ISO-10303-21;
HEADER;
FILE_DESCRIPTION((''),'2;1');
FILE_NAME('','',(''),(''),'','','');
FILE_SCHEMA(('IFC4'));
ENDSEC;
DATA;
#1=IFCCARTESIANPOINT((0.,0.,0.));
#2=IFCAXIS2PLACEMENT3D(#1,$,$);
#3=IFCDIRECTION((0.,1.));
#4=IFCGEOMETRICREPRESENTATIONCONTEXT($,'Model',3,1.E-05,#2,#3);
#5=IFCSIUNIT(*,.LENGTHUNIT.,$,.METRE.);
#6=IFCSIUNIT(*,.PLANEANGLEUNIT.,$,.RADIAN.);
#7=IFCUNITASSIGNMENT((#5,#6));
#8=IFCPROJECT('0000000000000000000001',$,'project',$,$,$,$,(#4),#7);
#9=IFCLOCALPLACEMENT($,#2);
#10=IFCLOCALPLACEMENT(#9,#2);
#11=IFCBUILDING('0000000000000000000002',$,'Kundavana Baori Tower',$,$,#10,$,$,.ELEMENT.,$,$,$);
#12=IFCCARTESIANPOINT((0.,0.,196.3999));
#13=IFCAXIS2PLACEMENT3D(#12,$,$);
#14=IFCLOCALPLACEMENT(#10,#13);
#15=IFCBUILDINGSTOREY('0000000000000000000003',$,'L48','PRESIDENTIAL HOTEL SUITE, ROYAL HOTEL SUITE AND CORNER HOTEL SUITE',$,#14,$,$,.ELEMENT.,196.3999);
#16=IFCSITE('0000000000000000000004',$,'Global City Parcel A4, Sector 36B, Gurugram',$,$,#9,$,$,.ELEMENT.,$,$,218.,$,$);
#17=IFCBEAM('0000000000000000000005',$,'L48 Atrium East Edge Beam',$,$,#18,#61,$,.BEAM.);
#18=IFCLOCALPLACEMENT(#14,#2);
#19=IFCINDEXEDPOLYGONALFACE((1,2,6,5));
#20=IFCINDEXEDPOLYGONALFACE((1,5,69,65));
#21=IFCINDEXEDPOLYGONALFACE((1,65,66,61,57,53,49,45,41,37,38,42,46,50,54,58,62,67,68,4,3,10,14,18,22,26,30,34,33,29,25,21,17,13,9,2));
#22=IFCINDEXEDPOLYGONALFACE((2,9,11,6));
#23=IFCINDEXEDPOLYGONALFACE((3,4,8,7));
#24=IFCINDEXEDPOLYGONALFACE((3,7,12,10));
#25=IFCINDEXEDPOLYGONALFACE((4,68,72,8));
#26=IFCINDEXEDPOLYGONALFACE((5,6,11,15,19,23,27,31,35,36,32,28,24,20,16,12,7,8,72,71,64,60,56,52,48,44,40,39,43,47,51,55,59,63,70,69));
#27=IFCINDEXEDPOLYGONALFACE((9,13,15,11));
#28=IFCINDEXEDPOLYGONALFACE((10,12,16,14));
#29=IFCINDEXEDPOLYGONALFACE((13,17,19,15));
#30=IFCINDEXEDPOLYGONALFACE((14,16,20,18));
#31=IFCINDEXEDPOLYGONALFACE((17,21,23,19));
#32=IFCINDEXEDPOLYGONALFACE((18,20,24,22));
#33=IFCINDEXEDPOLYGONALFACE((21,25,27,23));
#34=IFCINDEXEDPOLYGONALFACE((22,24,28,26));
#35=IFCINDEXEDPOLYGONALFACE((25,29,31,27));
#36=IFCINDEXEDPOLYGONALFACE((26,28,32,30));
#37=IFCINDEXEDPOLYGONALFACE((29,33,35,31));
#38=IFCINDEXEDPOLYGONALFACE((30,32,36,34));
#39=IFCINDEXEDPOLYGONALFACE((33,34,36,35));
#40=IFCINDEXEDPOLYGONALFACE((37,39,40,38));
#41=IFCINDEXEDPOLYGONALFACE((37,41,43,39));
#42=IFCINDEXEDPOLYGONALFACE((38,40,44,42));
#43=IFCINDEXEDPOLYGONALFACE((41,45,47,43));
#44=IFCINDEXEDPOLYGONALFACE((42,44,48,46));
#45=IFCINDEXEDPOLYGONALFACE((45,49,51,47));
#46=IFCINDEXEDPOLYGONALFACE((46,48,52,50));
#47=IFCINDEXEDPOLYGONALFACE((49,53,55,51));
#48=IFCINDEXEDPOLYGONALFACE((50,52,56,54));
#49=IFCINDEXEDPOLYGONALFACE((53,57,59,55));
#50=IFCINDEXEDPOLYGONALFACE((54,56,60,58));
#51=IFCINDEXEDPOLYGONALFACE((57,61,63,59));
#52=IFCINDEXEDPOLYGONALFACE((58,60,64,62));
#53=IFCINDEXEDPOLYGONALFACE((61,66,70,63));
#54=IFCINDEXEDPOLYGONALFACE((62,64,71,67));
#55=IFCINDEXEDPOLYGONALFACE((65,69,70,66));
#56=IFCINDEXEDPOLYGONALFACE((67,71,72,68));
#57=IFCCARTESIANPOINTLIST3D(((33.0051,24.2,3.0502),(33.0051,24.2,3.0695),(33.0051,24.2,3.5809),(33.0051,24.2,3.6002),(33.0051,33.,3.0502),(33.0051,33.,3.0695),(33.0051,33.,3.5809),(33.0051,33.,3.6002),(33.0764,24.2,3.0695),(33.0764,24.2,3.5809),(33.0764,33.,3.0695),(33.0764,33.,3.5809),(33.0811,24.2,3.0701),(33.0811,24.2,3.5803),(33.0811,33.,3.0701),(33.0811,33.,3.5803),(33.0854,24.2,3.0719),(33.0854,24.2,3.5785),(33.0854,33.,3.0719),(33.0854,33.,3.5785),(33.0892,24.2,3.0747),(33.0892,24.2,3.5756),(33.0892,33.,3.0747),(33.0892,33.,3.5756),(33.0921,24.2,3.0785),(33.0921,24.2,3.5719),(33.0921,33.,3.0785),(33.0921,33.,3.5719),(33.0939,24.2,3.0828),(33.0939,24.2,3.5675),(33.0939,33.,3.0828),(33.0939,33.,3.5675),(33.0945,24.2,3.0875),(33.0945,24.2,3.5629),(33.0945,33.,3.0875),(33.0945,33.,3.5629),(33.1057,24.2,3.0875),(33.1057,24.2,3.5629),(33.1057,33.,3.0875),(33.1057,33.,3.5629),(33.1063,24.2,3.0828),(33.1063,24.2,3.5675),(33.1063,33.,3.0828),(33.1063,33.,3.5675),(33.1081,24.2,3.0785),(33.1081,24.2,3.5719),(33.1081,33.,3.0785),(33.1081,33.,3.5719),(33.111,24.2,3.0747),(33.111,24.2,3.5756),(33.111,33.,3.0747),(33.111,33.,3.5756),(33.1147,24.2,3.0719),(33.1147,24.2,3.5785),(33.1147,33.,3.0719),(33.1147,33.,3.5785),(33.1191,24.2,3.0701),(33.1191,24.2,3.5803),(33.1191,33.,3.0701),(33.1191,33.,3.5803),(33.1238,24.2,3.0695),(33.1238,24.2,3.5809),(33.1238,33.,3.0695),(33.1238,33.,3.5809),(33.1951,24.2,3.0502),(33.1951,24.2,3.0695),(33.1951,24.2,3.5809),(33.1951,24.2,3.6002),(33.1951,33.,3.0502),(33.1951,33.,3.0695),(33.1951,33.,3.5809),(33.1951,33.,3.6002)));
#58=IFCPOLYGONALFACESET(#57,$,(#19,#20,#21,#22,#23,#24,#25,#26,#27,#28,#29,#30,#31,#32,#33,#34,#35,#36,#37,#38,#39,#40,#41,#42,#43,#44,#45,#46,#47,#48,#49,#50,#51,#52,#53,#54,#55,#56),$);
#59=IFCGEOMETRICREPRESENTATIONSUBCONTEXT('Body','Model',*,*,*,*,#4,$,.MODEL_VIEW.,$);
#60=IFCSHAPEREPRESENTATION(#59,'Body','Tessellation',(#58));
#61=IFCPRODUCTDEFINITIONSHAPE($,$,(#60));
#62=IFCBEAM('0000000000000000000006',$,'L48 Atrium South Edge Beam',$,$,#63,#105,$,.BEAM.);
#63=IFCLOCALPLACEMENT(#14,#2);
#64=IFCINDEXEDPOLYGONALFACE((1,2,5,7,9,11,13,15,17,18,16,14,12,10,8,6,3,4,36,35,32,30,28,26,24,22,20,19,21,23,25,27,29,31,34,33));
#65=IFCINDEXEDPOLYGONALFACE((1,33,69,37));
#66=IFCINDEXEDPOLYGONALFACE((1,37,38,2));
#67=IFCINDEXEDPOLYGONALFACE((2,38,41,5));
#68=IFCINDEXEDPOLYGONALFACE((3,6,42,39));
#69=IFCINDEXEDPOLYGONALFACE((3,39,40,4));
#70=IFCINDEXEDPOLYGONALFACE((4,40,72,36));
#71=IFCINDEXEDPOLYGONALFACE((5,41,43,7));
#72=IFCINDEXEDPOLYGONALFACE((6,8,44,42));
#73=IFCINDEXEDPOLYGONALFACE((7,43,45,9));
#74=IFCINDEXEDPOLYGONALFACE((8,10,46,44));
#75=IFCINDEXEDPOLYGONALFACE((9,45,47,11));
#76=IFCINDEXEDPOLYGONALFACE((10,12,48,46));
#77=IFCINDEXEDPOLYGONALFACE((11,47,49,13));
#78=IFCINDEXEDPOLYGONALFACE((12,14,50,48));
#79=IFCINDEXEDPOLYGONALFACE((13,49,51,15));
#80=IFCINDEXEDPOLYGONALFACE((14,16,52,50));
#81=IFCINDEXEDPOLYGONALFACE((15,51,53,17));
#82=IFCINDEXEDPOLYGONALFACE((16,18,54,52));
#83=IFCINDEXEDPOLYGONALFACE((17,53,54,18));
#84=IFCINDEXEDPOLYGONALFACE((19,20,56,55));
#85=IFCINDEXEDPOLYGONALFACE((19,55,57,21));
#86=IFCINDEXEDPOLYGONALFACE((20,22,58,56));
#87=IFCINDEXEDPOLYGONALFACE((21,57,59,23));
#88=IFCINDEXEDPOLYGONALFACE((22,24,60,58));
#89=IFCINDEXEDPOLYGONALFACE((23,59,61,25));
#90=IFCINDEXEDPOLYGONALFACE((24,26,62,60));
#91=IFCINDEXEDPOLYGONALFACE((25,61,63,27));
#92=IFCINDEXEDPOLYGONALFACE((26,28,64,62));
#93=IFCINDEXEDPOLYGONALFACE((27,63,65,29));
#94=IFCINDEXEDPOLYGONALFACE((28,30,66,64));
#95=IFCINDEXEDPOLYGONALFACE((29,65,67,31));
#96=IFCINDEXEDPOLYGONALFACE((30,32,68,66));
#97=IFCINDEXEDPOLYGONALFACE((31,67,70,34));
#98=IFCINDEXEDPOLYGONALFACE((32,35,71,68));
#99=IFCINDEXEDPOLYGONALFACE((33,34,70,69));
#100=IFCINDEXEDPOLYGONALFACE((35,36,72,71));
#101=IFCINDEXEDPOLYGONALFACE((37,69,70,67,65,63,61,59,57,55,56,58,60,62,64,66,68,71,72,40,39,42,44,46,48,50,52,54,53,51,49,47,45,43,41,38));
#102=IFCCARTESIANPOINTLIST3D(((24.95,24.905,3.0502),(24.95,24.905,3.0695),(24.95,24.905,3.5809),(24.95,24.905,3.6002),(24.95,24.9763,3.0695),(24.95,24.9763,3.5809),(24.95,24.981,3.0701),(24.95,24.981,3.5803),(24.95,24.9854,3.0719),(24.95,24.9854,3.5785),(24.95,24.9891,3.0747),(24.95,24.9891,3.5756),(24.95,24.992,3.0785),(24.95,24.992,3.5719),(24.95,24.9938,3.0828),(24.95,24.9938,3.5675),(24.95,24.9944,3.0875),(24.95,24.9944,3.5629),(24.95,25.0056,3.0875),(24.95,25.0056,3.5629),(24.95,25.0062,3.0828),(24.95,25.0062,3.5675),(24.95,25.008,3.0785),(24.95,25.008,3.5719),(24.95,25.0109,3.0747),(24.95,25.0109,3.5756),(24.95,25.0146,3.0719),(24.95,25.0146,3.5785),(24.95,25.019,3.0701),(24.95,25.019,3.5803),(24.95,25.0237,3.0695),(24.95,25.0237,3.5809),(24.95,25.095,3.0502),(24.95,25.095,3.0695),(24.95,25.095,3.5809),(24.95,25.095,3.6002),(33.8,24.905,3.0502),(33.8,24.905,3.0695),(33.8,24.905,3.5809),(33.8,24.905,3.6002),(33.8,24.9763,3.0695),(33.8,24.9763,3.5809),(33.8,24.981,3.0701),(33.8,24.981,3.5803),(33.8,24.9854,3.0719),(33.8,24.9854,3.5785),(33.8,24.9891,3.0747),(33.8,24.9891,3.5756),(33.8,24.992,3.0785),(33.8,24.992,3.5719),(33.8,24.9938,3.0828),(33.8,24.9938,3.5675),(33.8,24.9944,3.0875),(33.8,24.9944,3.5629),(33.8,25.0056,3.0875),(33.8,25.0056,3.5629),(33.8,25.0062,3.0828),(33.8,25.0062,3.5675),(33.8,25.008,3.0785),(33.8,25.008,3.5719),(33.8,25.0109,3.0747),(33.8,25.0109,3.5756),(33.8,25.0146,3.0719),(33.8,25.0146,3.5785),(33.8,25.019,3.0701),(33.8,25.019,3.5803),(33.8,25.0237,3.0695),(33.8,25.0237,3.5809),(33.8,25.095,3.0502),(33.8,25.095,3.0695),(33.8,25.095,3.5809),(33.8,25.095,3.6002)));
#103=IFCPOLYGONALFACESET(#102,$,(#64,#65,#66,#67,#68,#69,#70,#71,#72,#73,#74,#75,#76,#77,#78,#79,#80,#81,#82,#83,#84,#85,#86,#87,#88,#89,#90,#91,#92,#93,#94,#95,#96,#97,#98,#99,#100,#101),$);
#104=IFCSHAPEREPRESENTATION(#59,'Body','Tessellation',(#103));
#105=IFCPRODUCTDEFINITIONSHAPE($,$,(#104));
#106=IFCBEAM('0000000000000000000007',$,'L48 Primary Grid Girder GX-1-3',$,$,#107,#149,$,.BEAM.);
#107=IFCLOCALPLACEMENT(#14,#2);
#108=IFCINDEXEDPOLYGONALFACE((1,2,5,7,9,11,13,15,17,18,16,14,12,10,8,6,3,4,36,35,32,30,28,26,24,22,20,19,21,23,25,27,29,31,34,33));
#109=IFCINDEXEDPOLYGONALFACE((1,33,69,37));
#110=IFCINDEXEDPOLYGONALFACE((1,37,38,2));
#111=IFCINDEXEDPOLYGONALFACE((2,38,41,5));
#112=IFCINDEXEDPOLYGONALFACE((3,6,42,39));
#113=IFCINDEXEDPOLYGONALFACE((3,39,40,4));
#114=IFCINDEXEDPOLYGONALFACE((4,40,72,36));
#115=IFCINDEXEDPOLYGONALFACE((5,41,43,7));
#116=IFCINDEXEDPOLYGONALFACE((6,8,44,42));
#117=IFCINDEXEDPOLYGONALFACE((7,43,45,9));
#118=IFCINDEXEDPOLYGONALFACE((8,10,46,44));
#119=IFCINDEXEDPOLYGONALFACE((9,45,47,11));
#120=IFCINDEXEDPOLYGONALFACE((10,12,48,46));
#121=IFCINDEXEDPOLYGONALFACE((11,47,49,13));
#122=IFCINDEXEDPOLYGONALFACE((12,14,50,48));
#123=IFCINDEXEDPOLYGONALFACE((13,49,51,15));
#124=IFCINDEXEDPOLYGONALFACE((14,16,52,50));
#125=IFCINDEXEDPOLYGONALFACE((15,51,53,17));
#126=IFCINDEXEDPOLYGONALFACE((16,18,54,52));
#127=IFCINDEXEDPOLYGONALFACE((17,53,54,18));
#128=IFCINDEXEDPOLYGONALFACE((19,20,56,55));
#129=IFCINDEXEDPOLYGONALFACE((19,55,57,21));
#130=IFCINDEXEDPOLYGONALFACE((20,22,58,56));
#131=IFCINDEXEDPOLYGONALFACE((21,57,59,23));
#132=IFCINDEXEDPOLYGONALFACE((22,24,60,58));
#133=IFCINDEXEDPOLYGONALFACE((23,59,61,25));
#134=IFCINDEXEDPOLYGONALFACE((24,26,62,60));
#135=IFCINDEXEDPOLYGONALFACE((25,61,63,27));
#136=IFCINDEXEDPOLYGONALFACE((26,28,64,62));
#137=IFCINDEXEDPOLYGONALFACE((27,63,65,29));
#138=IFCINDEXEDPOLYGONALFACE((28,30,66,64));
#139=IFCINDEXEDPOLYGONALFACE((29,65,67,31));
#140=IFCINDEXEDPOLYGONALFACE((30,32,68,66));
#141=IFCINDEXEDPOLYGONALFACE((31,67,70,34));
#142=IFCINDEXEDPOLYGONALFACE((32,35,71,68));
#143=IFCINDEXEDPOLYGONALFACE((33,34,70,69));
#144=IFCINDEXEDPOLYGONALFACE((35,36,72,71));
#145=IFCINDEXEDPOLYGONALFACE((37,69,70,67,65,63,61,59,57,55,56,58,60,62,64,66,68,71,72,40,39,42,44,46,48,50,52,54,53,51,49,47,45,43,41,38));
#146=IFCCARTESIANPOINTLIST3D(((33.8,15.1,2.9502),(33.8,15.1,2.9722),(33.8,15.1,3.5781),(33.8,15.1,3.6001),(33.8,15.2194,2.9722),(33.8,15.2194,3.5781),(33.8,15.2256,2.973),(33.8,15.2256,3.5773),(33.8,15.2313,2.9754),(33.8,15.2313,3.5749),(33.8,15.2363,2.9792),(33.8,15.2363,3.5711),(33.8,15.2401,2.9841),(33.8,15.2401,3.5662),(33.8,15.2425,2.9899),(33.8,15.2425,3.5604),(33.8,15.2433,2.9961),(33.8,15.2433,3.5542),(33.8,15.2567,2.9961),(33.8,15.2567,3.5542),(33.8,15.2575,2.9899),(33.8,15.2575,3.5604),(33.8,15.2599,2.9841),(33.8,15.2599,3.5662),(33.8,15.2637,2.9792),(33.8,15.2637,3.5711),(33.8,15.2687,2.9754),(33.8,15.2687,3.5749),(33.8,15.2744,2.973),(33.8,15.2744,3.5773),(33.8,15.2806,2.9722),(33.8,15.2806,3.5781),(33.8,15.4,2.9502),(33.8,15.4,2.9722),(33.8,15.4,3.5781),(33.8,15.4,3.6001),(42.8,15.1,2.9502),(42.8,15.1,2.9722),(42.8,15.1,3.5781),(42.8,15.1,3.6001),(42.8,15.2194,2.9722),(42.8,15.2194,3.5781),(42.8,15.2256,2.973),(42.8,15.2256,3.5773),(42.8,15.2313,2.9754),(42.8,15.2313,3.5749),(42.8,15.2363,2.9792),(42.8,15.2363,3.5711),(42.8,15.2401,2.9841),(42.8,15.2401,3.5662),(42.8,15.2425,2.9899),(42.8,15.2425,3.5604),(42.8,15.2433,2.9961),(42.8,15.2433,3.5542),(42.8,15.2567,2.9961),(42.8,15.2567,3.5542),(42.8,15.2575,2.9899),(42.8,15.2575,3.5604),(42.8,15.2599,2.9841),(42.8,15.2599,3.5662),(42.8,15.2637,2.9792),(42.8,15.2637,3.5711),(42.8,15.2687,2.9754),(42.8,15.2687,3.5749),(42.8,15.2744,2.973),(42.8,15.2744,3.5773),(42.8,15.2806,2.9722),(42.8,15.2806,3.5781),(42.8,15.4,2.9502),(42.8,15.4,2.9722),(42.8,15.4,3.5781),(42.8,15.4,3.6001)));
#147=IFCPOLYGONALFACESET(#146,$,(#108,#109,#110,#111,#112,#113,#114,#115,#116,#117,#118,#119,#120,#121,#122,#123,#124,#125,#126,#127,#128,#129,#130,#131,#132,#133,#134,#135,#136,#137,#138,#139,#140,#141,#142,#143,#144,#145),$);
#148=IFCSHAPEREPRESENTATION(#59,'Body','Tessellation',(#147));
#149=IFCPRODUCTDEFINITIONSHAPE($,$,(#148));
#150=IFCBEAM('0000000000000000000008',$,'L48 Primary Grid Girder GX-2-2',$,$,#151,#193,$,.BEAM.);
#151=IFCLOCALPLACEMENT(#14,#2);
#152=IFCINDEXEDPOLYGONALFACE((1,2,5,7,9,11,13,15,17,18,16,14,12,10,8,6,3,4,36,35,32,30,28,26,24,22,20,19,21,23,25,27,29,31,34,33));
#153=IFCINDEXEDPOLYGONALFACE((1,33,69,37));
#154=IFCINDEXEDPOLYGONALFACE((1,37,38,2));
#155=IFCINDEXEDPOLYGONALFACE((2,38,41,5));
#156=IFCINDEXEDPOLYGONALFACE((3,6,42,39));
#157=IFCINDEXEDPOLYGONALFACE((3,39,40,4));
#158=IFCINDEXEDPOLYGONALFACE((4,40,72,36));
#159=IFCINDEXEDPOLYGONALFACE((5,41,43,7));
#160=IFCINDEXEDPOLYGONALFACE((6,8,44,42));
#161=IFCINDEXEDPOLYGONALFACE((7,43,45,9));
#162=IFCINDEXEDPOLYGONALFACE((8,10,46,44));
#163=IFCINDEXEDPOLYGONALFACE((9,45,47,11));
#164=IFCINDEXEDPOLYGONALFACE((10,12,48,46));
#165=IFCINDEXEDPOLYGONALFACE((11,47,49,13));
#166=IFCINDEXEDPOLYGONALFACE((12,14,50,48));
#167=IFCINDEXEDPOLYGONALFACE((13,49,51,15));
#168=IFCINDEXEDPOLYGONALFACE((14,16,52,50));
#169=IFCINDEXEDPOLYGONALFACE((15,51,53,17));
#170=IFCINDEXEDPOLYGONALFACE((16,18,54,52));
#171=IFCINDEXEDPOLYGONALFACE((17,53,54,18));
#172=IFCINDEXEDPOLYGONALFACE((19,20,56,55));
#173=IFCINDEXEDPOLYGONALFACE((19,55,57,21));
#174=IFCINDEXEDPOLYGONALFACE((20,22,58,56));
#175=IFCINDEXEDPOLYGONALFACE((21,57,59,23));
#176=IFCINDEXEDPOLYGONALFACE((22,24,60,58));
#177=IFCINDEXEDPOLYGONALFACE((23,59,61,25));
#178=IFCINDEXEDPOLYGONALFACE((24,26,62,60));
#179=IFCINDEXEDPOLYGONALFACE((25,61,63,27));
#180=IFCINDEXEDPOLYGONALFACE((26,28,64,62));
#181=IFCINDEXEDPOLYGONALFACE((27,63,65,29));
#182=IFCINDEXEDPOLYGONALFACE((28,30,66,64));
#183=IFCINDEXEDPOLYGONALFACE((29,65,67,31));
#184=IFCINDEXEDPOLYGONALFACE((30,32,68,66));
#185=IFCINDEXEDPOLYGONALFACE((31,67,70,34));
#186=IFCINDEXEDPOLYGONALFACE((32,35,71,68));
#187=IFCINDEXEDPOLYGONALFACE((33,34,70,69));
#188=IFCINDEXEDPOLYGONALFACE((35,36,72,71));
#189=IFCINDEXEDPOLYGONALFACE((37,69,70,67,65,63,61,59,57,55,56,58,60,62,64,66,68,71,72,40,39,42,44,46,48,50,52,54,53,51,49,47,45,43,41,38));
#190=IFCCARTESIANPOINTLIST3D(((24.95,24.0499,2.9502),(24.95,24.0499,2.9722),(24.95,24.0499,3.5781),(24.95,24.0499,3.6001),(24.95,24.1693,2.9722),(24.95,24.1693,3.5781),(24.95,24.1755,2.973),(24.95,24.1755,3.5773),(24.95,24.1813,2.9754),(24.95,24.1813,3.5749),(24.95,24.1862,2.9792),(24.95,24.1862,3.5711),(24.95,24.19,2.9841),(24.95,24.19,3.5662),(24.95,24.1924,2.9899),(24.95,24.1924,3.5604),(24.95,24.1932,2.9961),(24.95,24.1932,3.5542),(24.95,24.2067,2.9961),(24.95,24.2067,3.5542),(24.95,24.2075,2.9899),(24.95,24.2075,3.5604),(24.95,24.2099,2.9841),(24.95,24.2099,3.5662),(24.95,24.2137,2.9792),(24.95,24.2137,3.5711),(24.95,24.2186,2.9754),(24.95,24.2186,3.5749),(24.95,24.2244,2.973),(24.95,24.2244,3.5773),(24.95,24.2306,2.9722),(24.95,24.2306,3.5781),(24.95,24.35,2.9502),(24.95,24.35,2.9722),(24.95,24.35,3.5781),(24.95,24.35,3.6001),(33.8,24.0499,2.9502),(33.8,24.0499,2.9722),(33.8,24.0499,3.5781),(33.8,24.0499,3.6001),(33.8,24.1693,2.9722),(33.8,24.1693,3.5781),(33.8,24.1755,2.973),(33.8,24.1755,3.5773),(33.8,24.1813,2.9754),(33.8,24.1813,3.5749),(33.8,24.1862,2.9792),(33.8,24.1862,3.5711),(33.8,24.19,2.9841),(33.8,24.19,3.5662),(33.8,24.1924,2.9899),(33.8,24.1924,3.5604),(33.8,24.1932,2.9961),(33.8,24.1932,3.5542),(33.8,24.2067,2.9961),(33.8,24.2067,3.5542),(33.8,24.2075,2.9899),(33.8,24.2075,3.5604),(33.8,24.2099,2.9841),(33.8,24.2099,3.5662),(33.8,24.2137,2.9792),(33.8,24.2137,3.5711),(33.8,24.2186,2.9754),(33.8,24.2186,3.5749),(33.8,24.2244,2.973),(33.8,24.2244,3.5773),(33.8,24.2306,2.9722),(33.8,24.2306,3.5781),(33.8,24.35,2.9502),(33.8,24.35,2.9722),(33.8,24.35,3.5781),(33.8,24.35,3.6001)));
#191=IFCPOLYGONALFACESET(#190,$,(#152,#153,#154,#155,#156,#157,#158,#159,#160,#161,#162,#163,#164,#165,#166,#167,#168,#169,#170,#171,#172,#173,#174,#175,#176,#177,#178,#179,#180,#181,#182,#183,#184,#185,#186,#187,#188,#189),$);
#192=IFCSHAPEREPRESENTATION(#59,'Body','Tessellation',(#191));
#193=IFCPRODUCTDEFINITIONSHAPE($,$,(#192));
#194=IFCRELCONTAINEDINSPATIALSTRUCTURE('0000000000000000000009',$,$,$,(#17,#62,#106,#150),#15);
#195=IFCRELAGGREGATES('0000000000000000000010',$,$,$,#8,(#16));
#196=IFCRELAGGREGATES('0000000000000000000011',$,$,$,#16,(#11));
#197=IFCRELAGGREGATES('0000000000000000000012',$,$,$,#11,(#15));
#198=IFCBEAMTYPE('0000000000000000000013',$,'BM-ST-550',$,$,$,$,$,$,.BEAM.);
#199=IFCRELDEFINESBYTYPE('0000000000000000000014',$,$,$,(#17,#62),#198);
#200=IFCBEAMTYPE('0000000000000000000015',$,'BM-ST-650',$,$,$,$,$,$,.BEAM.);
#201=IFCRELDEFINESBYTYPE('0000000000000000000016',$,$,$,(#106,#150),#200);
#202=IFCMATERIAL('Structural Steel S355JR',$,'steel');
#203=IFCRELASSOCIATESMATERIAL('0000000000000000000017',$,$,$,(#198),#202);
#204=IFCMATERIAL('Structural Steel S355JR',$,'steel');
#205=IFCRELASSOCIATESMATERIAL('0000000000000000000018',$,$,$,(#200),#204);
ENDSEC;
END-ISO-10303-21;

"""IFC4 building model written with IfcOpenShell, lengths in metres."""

from ifc_helpers import new_model, si_unit, direction, frame, origin, origin_2d, place, context, subcontext, project, spatial, i_section, extrude, material, material_profile, profile_set, type_object, element, save


model = new_model("IFC4")

# Units and contexts
model_context = context("Model", 3, precision=1e-05, world=origin(), true_north=direction((0.0, 1.0)))
body_context = subcontext(model_context, "Body", "Model", "MODEL_VIEW")
ifc_project = project(units=[si_unit("LENGTHUNIT", "METRE"), si_unit("PLANEANGLEUNIT", "RADIAN")], contexts=[model_context])

# Site, building, storey
site_placement = place(None, origin())
site = spatial("IfcSite", under=ifc_project, at=site_placement, Name="Global City Parcel A4, Sector 36B, Gurugram", CompositionType="ELEMENT", RefElevation=218.0)
building_placement = place(site_placement, origin())
building = spatial("IfcBuilding", under=site, at=building_placement, Name="Kundavana Baori Tower", CompositionType="ELEMENT")
storey_placement = place(building_placement, frame((0.0, 0.0, 196.3999)))
storey = spatial("IfcBuildingStorey", under=building, at=storey_placement, Name="L48", Description="PRESIDENTIAL HOTEL SUITE, ROYAL HOTEL SUITE AND CORNER HOTEL SUITE", CompositionType="ELEMENT", Elevation=196.3999)

# Beams
ifc_material_1 = material(Name="Structural Steel S355JR", Category="steel")
ifc_material_profile_1 = material_profile(ifc_material_1, i_section(OverallWidth=0.1899, OverallDepth=0.55, WebThickness=0.0112, FlangeThickness=0.0193, FilletRadius=0.0181, at=origin_2d()), Name="ISMB 550")
ifc_profile_set_1 = profile_set([ifc_material_profile_1], Name="Structural Steel S355JR")
beam_type_1 = type_object("IfcBeamType", Name="BM-ST-550", PredefinedType="BEAM", material=ifc_profile_set_1)
for number, where, z_axis, x_axis, name in (
    (1, (33.1001, 24.2, 3.3252), (0.0, 1.0, 0.0), (-1.0, 0.0, 0.0), "L48 Atrium East Edge Beam"),
):
    element("IfcBeam", number, at=place(storey_placement, frame(where, z_axis=z_axis, x_axis=x_axis)), inside=storey, type_object=beam_type_1, Name=name, PredefinedType="BEAM", context=body_context, shape_type="SweptSolid", body=[
        extrude(i_section(OverallWidth=0.1899, OverallDepth=0.55, WebThickness=0.0112, FlangeThickness=0.0193, FilletRadius=0.0181, at=origin_2d()), origin(), (0.0, 0.0, 1.0), 8.8),
    ])
beam_1_placement = place(storey_placement, frame((24.95, 25.0, 3.3252), z_axis=(1.0, 0.0, 0.0), x_axis=(0.0, 1.0, 0.0)))
element("IfcBeam", 2, at=beam_1_placement, inside=storey, type_object=beam_type_1, Name="L48 Atrium South Edge Beam", PredefinedType="BEAM", context=body_context, shape_type="SweptSolid", body=[
    extrude(i_section(OverallWidth=0.1899, OverallDepth=0.55, WebThickness=0.0112, FlangeThickness=0.0193, FilletRadius=0.0181, at=origin_2d()), origin(), (0.0, 0.0, 1.0), 8.8501),
])
ifc_material_2 = material(Name="Structural Steel S355JR", Category="steel")
ifc_material_profile_2 = material_profile(ifc_material_2, i_section(OverallWidth=0.3, OverallDepth=0.6499, WebThickness=0.0134, FlangeThickness=0.022, FilletRadius=0.0239, at=origin_2d()), Name="NPB 650x300x155")
ifc_profile_set_2 = profile_set([ifc_material_profile_2], Name="Structural Steel S355JR")
beam_type_2 = type_object("IfcBeamType", Name="BM-ST-650", PredefinedType="BEAM", material=ifc_profile_set_2)
beam_2_placement = place(storey_placement, frame((33.8, 15.25, 3.2751), z_axis=(1.0, 0.0, 0.0), x_axis=(0.0, 1.0, 0.0)))
element("IfcBeam", 3, at=beam_2_placement, inside=storey, type_object=beam_type_2, Name="L48 Primary Grid Girder GX-1-3", PredefinedType="BEAM", context=body_context, shape_type="SweptSolid", body=[
    extrude(i_section(OverallWidth=0.3, OverallDepth=0.6499, WebThickness=0.0134, FlangeThickness=0.022, FilletRadius=0.0239, at=origin_2d()), origin(), (0.0, 0.0, 1.0), 9.0),
])
beam_3_placement = place(storey_placement, frame((24.95, 24.2, 3.2751), z_axis=(1.0, 0.0, 0.0), x_axis=(0.0, 1.0, 0.0)))
element("IfcBeam", 4, at=beam_3_placement, inside=storey, type_object=beam_type_2, Name="L48 Primary Grid Girder GX-2-2", PredefinedType="BEAM", context=body_context, shape_type="SweptSolid", body=[
    extrude(i_section(OverallWidth=0.3, OverallDepth=0.6499, WebThickness=0.0134, FlangeThickness=0.022, FilletRadius=0.0239, at=origin_2d()), origin(), (0.0, 0.0, 1.0), 8.8501),
])

save(model, "model.ifc")
